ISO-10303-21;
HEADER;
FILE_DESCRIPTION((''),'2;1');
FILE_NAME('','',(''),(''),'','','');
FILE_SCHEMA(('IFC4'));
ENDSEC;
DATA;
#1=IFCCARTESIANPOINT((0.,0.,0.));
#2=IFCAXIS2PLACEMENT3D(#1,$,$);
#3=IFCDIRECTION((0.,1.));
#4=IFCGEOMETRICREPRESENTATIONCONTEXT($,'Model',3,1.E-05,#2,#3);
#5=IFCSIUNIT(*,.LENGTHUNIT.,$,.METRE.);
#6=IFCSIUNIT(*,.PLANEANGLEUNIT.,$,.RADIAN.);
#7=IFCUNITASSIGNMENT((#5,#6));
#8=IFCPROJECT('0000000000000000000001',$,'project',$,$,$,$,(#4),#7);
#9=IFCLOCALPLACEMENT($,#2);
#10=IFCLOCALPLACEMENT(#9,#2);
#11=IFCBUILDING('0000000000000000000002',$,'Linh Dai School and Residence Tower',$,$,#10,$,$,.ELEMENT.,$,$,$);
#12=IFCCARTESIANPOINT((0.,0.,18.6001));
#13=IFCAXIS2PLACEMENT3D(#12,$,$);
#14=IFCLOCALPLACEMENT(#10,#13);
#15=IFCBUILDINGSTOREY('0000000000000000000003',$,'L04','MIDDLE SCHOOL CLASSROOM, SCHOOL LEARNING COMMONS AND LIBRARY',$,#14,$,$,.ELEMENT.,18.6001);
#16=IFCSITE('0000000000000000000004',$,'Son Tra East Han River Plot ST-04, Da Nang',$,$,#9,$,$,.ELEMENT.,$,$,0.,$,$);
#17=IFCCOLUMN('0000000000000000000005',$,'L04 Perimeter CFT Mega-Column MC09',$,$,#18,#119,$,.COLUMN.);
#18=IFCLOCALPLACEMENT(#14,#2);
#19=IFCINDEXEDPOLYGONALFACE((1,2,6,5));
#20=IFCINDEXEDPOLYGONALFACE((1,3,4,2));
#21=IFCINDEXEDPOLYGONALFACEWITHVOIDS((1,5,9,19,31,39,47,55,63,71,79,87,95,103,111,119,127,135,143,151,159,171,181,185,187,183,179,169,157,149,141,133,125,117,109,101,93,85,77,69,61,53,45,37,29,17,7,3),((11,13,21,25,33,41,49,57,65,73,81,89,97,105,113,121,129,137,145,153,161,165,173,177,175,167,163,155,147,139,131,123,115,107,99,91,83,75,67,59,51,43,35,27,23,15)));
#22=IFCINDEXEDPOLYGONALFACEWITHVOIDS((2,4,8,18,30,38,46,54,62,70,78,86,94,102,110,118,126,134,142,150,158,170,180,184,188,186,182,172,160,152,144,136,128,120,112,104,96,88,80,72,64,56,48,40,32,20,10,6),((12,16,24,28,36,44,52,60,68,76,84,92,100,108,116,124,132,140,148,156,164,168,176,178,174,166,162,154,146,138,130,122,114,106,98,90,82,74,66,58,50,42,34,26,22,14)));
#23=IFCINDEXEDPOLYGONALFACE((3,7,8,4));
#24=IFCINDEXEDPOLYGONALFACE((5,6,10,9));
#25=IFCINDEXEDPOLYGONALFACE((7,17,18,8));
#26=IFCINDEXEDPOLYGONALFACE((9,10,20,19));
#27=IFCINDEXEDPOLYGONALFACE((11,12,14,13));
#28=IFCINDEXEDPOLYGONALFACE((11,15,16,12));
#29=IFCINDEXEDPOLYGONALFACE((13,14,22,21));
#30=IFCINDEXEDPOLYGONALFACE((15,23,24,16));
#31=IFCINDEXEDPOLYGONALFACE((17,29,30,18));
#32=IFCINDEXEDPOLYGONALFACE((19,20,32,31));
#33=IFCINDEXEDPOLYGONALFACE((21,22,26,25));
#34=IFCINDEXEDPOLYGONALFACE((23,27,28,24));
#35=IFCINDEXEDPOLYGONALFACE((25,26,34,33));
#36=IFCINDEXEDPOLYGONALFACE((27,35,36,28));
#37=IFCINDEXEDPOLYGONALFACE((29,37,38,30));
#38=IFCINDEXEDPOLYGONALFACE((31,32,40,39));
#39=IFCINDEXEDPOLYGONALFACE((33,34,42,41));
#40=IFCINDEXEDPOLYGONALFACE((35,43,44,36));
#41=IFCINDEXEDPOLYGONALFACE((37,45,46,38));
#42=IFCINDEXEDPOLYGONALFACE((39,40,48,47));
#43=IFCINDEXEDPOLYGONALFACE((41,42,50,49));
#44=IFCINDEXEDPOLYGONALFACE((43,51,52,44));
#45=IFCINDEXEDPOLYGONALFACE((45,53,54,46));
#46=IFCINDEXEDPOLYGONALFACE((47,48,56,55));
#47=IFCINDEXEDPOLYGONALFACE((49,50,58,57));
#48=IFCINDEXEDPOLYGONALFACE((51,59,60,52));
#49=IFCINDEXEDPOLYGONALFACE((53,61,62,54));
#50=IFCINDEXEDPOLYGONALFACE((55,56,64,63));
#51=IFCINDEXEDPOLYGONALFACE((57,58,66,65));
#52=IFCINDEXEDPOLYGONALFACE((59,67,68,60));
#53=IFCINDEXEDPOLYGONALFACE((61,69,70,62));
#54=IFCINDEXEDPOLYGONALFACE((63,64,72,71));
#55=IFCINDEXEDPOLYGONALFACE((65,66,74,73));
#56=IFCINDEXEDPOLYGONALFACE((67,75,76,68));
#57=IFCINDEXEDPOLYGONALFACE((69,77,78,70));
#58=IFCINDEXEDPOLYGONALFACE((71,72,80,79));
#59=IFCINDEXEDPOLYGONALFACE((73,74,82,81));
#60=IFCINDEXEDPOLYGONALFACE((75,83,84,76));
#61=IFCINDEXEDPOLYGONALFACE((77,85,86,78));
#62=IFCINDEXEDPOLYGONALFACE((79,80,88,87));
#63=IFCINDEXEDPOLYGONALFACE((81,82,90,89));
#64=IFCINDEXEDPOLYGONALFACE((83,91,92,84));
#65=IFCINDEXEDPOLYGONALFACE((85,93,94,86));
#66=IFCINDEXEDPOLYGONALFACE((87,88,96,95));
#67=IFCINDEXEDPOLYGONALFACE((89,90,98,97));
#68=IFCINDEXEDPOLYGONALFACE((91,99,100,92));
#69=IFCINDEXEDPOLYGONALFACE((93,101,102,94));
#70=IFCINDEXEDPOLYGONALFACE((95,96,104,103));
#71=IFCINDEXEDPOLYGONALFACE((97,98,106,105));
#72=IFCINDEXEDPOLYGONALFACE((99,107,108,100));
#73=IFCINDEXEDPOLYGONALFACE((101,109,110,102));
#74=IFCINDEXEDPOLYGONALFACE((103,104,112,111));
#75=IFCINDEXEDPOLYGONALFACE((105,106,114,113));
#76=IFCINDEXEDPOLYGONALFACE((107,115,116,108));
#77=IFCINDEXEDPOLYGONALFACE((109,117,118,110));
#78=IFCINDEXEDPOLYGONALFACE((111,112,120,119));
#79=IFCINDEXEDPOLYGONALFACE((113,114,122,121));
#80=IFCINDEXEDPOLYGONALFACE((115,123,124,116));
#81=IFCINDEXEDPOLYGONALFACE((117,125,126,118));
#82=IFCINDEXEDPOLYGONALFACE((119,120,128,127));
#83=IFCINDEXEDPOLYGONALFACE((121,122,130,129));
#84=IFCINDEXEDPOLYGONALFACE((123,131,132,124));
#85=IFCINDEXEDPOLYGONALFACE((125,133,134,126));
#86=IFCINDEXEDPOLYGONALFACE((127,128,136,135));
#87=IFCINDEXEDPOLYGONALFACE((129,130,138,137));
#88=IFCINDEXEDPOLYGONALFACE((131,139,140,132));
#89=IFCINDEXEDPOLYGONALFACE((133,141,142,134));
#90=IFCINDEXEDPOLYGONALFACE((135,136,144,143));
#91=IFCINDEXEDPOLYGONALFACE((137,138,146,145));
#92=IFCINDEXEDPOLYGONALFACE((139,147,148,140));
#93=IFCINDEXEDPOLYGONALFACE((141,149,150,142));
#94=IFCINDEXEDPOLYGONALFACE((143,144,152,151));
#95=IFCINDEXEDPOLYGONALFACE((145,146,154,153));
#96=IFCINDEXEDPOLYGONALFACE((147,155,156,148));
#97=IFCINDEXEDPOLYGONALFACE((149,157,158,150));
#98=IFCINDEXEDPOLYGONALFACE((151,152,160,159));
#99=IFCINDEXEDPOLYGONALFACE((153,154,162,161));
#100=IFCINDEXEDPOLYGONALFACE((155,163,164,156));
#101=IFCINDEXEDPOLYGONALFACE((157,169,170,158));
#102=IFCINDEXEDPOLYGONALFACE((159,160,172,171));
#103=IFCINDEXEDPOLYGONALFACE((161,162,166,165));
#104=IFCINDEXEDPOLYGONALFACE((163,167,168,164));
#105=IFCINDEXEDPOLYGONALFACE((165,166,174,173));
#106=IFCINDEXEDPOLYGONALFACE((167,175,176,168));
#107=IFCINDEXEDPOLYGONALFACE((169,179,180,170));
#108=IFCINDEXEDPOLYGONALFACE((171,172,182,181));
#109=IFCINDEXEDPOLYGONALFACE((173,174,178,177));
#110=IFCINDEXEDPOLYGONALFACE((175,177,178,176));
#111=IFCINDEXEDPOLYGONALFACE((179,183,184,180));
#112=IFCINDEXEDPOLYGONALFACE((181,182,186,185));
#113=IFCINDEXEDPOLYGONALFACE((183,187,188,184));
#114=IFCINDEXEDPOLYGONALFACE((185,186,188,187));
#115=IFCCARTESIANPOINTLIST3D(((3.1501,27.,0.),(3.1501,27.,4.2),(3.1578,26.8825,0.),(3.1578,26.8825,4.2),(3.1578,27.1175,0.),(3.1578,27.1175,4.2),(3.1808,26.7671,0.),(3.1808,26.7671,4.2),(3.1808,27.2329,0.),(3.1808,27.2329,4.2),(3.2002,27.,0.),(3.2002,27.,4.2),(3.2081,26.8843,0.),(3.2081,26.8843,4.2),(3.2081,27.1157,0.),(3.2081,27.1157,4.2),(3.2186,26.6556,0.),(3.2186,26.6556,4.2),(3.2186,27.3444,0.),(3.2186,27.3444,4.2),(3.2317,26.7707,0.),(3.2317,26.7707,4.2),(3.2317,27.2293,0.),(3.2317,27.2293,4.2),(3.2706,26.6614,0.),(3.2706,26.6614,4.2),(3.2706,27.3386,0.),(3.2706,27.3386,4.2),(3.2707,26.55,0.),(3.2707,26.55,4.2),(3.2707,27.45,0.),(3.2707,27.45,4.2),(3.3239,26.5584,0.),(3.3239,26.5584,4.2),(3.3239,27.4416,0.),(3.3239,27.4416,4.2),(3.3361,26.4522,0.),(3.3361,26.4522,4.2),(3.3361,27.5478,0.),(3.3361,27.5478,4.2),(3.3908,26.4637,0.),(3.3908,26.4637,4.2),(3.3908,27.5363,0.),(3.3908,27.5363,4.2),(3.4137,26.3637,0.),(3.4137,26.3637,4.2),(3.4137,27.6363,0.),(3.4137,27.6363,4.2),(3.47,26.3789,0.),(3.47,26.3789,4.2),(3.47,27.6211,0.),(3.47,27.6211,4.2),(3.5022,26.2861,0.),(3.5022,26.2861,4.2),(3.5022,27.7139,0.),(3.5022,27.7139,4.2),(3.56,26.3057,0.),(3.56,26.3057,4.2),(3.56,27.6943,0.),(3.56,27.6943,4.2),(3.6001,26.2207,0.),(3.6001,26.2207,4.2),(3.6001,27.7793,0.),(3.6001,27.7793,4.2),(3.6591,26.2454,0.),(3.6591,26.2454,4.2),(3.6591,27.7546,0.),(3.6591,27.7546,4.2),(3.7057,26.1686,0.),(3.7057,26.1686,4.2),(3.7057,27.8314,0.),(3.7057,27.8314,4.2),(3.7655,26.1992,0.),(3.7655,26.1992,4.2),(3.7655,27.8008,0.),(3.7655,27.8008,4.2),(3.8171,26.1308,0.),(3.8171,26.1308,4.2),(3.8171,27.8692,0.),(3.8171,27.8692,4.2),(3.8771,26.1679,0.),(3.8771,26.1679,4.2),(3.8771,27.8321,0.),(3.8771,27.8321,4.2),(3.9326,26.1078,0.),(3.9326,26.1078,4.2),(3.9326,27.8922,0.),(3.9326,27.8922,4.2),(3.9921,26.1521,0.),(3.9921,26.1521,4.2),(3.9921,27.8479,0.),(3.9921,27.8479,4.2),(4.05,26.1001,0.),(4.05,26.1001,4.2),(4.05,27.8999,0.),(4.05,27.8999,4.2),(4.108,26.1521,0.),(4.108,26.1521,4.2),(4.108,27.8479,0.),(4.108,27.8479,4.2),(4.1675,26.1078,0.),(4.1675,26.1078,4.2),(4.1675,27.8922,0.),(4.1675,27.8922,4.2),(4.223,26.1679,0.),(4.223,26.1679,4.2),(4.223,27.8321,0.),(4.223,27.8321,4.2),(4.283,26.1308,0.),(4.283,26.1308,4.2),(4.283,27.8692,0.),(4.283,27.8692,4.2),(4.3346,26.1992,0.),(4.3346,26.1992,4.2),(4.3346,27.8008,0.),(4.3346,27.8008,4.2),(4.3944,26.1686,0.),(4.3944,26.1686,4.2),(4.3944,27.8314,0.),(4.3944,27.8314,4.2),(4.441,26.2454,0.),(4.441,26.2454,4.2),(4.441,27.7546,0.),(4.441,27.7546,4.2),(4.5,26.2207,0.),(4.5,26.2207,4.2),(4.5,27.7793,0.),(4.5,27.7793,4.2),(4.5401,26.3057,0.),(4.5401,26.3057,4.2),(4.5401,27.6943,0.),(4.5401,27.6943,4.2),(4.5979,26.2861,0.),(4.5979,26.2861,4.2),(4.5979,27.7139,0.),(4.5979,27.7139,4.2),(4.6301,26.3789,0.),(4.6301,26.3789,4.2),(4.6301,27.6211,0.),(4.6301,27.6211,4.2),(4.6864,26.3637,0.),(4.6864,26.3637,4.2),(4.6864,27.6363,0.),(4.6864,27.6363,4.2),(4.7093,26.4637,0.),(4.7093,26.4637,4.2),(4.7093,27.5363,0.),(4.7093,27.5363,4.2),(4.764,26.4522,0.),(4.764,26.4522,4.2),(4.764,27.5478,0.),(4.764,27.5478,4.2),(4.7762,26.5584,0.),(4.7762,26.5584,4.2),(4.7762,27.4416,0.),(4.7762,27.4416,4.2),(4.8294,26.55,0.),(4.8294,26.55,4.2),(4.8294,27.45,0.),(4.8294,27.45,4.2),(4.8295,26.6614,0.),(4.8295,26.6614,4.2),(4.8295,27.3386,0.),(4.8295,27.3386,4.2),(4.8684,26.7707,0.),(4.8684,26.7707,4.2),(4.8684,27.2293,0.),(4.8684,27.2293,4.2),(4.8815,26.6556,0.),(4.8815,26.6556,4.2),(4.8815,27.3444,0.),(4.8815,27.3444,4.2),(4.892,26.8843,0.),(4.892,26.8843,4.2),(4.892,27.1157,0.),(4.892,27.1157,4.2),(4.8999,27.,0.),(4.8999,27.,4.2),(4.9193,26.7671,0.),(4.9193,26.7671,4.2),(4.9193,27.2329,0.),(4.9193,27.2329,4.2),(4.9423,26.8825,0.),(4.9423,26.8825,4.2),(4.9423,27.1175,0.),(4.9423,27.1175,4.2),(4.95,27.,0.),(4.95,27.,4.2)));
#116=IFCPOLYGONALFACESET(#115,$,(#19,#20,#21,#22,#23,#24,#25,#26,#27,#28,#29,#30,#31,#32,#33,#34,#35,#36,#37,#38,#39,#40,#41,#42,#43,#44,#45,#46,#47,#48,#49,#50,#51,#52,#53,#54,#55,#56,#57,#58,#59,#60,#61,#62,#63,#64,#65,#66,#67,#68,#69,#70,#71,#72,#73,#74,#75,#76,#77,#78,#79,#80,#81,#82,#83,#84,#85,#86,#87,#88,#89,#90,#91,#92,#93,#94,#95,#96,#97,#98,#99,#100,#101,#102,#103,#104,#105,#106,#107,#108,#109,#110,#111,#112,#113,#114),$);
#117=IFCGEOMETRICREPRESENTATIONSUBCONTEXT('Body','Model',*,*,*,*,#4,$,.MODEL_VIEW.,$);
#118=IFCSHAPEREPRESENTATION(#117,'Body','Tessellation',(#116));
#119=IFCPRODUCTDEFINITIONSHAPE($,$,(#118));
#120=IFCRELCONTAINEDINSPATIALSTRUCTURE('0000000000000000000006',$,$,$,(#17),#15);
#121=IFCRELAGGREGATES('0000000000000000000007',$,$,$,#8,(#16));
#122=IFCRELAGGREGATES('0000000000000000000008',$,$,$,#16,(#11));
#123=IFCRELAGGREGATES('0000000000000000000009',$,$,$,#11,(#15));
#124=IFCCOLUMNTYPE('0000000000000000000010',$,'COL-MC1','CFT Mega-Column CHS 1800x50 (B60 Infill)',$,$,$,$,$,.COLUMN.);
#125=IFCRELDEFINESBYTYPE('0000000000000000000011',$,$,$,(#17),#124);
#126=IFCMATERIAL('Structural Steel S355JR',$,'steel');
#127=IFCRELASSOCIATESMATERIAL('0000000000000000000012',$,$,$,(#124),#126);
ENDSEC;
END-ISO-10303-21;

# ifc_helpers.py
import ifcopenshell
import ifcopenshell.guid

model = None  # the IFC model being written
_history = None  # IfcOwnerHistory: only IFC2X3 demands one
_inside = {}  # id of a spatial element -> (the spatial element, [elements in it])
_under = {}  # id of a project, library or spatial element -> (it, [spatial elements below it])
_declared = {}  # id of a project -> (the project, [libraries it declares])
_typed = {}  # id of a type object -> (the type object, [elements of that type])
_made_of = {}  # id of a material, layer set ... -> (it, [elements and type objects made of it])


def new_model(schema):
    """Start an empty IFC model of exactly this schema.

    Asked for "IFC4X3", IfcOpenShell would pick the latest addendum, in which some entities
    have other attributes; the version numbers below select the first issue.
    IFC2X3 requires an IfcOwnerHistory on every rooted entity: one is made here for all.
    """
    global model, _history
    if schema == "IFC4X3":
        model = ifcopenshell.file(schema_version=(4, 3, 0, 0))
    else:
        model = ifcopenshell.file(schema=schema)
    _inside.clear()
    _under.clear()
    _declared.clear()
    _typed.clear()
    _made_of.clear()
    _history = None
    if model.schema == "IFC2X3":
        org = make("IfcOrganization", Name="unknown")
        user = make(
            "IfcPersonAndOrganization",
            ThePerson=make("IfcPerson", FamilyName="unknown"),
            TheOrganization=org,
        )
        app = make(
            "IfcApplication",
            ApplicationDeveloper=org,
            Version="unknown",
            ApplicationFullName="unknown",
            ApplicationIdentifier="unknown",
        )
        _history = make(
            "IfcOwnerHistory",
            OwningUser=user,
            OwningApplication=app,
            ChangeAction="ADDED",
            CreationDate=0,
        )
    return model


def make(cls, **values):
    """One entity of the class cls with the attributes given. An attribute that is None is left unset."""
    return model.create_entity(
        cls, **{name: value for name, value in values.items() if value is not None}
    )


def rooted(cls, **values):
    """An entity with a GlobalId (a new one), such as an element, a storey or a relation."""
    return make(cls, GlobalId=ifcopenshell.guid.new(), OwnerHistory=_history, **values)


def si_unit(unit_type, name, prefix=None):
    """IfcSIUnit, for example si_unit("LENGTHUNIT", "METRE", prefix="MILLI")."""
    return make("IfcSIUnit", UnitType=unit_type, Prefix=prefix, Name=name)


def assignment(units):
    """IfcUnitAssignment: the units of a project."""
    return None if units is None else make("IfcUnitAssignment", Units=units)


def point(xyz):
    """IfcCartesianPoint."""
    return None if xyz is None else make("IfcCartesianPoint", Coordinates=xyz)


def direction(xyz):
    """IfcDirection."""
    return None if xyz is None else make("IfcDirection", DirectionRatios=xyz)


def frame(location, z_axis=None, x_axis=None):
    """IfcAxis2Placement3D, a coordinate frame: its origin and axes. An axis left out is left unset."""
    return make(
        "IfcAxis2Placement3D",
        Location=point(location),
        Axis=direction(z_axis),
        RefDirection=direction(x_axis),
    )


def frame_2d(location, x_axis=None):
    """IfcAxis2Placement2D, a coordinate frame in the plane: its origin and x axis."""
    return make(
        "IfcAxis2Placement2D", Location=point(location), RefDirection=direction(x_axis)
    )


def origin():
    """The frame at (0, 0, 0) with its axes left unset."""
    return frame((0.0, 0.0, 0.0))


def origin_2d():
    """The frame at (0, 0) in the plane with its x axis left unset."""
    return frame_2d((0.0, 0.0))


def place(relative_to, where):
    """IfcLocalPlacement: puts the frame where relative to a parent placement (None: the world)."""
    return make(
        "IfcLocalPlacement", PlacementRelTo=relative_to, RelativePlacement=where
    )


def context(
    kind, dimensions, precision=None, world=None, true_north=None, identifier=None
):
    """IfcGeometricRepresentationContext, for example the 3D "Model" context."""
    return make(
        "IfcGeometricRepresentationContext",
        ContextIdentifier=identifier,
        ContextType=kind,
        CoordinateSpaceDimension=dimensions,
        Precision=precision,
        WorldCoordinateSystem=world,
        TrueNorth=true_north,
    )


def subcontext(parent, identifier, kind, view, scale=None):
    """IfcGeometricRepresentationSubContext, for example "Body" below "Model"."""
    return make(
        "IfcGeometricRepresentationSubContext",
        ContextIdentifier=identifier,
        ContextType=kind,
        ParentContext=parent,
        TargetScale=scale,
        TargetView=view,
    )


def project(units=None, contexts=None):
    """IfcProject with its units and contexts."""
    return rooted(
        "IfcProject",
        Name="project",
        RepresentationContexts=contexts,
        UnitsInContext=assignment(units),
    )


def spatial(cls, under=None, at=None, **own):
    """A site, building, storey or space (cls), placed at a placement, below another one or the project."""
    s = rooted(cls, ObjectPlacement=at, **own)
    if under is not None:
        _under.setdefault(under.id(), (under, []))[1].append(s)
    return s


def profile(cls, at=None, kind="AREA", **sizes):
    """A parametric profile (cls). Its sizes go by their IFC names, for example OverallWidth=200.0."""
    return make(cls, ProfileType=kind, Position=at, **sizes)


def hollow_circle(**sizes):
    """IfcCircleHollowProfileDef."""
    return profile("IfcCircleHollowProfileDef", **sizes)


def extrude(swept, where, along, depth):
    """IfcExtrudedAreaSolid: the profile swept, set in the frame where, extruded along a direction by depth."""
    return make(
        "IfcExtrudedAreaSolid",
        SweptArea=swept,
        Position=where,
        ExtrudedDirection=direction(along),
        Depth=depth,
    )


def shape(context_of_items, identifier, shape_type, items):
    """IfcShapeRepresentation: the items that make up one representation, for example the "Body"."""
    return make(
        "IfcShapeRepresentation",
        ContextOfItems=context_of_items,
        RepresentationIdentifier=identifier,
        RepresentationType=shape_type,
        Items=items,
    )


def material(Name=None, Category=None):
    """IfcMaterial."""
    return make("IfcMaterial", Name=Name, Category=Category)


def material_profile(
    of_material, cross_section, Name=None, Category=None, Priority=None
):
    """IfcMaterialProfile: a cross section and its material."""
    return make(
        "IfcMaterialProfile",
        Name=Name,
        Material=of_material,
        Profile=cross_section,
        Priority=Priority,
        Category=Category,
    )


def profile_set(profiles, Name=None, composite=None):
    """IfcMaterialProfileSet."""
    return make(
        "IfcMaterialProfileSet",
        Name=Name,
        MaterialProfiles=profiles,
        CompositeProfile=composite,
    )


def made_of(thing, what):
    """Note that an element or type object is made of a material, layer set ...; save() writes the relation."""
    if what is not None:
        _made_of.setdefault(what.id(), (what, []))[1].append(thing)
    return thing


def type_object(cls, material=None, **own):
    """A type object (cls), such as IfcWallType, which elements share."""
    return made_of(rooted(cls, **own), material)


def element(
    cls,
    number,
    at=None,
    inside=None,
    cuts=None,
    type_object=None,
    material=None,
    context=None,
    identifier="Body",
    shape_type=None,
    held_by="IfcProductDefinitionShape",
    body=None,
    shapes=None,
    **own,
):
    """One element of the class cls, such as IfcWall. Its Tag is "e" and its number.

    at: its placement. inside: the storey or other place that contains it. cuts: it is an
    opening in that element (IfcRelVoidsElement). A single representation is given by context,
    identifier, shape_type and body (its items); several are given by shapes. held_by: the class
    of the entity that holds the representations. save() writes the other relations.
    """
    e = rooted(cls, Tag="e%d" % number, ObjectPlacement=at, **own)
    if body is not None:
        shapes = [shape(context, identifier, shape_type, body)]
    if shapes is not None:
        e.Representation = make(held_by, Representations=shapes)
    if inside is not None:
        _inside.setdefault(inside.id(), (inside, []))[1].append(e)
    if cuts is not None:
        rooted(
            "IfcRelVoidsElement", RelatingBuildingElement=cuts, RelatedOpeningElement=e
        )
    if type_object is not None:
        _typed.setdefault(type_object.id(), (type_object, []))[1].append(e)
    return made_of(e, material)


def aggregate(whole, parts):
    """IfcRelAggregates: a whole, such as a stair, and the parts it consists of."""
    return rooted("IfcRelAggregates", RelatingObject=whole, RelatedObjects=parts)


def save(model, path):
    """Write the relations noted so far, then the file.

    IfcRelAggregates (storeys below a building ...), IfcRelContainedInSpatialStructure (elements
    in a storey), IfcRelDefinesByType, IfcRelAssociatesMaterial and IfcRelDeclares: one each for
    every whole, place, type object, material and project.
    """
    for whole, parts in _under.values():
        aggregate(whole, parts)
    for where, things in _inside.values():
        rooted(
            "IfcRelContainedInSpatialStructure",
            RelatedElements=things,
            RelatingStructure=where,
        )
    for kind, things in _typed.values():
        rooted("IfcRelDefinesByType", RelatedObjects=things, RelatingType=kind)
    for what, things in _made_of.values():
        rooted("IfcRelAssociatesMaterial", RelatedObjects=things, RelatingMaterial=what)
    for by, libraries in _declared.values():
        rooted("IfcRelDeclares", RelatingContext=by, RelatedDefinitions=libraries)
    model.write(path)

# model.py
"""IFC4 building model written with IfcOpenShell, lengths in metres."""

from ifc_helpers import new_model, si_unit, direction, frame, origin, origin_2d, place, context, subcontext, project, spatial, hollow_circle, extrude, material, material_profile, profile_set, type_object, element, save


model = new_model("IFC4")

# Units and contexts
model_context = context("Model", 3, precision=1e-05, world=origin(), true_north=direction((0.0, 1.0)))
body_context = subcontext(model_context, "Body", "Model", "MODEL_VIEW")
ifc_project = project(units=[si_unit("LENGTHUNIT", "METRE"), si_unit("PLANEANGLEUNIT", "RADIAN")], contexts=[model_context])

# Site, building, storey
site_placement = place(None, origin())
site = spatial("IfcSite", under=ifc_project, at=site_placement, Name="Son Tra East Han River Plot ST-04, Da Nang", CompositionType="ELEMENT", RefElevation=0.0)
building_placement = place(site_placement, origin())
building = spatial("IfcBuilding", under=site, at=building_placement, Name="Linh Dai School and Residence Tower", CompositionType="ELEMENT")
storey_placement = place(building_placement, frame((0.0, 0.0, 18.6001)))
storey = spatial("IfcBuildingStorey", under=building, at=storey_placement, Name="L04", Description="MIDDLE SCHOOL CLASSROOM, SCHOOL LEARNING COMMONS AND LIBRARY", CompositionType="ELEMENT", Elevation=18.6001)

# Column
ifc_material_1 = material(Name="Structural Steel S355JR", Category="steel")
ifc_material_profile_1 = material_profile(ifc_material_1, hollow_circle(Radius=0.8999, WallThickness=0.05, at=origin_2d()), Name="CHS 1800x50")
ifc_profile_set_1 = profile_set([ifc_material_profile_1], Name="Structural Steel S355JR")
column_type = type_object("IfcColumnType", Name="COL-MC1", Description="CFT Mega-Column CHS 1800x50 (B60 Infill)", PredefinedType="COLUMN", material=ifc_profile_set_1)
for number, where, z_axis, x_axis, name in (
    (1, (4.05, 27.0, 0.0), (0.0, 0.0, 1.0), (1.0, 0.0, 0.0), "L04 Perimeter CFT Mega-Column MC09"),
):
    element("IfcColumn", number, at=place(storey_placement, frame(where, z_axis=z_axis, x_axis=x_axis)), inside=storey, type_object=column_type, Name=name, PredefinedType="COLUMN", context=body_context, shape_type="SweptSolid", body=[
        extrude(hollow_circle(Radius=0.8999, WallThickness=0.05, at=origin_2d()), origin(), (0.0, 0.0, 1.0), 4.2),
    ])

save(model, "model.ifc")
